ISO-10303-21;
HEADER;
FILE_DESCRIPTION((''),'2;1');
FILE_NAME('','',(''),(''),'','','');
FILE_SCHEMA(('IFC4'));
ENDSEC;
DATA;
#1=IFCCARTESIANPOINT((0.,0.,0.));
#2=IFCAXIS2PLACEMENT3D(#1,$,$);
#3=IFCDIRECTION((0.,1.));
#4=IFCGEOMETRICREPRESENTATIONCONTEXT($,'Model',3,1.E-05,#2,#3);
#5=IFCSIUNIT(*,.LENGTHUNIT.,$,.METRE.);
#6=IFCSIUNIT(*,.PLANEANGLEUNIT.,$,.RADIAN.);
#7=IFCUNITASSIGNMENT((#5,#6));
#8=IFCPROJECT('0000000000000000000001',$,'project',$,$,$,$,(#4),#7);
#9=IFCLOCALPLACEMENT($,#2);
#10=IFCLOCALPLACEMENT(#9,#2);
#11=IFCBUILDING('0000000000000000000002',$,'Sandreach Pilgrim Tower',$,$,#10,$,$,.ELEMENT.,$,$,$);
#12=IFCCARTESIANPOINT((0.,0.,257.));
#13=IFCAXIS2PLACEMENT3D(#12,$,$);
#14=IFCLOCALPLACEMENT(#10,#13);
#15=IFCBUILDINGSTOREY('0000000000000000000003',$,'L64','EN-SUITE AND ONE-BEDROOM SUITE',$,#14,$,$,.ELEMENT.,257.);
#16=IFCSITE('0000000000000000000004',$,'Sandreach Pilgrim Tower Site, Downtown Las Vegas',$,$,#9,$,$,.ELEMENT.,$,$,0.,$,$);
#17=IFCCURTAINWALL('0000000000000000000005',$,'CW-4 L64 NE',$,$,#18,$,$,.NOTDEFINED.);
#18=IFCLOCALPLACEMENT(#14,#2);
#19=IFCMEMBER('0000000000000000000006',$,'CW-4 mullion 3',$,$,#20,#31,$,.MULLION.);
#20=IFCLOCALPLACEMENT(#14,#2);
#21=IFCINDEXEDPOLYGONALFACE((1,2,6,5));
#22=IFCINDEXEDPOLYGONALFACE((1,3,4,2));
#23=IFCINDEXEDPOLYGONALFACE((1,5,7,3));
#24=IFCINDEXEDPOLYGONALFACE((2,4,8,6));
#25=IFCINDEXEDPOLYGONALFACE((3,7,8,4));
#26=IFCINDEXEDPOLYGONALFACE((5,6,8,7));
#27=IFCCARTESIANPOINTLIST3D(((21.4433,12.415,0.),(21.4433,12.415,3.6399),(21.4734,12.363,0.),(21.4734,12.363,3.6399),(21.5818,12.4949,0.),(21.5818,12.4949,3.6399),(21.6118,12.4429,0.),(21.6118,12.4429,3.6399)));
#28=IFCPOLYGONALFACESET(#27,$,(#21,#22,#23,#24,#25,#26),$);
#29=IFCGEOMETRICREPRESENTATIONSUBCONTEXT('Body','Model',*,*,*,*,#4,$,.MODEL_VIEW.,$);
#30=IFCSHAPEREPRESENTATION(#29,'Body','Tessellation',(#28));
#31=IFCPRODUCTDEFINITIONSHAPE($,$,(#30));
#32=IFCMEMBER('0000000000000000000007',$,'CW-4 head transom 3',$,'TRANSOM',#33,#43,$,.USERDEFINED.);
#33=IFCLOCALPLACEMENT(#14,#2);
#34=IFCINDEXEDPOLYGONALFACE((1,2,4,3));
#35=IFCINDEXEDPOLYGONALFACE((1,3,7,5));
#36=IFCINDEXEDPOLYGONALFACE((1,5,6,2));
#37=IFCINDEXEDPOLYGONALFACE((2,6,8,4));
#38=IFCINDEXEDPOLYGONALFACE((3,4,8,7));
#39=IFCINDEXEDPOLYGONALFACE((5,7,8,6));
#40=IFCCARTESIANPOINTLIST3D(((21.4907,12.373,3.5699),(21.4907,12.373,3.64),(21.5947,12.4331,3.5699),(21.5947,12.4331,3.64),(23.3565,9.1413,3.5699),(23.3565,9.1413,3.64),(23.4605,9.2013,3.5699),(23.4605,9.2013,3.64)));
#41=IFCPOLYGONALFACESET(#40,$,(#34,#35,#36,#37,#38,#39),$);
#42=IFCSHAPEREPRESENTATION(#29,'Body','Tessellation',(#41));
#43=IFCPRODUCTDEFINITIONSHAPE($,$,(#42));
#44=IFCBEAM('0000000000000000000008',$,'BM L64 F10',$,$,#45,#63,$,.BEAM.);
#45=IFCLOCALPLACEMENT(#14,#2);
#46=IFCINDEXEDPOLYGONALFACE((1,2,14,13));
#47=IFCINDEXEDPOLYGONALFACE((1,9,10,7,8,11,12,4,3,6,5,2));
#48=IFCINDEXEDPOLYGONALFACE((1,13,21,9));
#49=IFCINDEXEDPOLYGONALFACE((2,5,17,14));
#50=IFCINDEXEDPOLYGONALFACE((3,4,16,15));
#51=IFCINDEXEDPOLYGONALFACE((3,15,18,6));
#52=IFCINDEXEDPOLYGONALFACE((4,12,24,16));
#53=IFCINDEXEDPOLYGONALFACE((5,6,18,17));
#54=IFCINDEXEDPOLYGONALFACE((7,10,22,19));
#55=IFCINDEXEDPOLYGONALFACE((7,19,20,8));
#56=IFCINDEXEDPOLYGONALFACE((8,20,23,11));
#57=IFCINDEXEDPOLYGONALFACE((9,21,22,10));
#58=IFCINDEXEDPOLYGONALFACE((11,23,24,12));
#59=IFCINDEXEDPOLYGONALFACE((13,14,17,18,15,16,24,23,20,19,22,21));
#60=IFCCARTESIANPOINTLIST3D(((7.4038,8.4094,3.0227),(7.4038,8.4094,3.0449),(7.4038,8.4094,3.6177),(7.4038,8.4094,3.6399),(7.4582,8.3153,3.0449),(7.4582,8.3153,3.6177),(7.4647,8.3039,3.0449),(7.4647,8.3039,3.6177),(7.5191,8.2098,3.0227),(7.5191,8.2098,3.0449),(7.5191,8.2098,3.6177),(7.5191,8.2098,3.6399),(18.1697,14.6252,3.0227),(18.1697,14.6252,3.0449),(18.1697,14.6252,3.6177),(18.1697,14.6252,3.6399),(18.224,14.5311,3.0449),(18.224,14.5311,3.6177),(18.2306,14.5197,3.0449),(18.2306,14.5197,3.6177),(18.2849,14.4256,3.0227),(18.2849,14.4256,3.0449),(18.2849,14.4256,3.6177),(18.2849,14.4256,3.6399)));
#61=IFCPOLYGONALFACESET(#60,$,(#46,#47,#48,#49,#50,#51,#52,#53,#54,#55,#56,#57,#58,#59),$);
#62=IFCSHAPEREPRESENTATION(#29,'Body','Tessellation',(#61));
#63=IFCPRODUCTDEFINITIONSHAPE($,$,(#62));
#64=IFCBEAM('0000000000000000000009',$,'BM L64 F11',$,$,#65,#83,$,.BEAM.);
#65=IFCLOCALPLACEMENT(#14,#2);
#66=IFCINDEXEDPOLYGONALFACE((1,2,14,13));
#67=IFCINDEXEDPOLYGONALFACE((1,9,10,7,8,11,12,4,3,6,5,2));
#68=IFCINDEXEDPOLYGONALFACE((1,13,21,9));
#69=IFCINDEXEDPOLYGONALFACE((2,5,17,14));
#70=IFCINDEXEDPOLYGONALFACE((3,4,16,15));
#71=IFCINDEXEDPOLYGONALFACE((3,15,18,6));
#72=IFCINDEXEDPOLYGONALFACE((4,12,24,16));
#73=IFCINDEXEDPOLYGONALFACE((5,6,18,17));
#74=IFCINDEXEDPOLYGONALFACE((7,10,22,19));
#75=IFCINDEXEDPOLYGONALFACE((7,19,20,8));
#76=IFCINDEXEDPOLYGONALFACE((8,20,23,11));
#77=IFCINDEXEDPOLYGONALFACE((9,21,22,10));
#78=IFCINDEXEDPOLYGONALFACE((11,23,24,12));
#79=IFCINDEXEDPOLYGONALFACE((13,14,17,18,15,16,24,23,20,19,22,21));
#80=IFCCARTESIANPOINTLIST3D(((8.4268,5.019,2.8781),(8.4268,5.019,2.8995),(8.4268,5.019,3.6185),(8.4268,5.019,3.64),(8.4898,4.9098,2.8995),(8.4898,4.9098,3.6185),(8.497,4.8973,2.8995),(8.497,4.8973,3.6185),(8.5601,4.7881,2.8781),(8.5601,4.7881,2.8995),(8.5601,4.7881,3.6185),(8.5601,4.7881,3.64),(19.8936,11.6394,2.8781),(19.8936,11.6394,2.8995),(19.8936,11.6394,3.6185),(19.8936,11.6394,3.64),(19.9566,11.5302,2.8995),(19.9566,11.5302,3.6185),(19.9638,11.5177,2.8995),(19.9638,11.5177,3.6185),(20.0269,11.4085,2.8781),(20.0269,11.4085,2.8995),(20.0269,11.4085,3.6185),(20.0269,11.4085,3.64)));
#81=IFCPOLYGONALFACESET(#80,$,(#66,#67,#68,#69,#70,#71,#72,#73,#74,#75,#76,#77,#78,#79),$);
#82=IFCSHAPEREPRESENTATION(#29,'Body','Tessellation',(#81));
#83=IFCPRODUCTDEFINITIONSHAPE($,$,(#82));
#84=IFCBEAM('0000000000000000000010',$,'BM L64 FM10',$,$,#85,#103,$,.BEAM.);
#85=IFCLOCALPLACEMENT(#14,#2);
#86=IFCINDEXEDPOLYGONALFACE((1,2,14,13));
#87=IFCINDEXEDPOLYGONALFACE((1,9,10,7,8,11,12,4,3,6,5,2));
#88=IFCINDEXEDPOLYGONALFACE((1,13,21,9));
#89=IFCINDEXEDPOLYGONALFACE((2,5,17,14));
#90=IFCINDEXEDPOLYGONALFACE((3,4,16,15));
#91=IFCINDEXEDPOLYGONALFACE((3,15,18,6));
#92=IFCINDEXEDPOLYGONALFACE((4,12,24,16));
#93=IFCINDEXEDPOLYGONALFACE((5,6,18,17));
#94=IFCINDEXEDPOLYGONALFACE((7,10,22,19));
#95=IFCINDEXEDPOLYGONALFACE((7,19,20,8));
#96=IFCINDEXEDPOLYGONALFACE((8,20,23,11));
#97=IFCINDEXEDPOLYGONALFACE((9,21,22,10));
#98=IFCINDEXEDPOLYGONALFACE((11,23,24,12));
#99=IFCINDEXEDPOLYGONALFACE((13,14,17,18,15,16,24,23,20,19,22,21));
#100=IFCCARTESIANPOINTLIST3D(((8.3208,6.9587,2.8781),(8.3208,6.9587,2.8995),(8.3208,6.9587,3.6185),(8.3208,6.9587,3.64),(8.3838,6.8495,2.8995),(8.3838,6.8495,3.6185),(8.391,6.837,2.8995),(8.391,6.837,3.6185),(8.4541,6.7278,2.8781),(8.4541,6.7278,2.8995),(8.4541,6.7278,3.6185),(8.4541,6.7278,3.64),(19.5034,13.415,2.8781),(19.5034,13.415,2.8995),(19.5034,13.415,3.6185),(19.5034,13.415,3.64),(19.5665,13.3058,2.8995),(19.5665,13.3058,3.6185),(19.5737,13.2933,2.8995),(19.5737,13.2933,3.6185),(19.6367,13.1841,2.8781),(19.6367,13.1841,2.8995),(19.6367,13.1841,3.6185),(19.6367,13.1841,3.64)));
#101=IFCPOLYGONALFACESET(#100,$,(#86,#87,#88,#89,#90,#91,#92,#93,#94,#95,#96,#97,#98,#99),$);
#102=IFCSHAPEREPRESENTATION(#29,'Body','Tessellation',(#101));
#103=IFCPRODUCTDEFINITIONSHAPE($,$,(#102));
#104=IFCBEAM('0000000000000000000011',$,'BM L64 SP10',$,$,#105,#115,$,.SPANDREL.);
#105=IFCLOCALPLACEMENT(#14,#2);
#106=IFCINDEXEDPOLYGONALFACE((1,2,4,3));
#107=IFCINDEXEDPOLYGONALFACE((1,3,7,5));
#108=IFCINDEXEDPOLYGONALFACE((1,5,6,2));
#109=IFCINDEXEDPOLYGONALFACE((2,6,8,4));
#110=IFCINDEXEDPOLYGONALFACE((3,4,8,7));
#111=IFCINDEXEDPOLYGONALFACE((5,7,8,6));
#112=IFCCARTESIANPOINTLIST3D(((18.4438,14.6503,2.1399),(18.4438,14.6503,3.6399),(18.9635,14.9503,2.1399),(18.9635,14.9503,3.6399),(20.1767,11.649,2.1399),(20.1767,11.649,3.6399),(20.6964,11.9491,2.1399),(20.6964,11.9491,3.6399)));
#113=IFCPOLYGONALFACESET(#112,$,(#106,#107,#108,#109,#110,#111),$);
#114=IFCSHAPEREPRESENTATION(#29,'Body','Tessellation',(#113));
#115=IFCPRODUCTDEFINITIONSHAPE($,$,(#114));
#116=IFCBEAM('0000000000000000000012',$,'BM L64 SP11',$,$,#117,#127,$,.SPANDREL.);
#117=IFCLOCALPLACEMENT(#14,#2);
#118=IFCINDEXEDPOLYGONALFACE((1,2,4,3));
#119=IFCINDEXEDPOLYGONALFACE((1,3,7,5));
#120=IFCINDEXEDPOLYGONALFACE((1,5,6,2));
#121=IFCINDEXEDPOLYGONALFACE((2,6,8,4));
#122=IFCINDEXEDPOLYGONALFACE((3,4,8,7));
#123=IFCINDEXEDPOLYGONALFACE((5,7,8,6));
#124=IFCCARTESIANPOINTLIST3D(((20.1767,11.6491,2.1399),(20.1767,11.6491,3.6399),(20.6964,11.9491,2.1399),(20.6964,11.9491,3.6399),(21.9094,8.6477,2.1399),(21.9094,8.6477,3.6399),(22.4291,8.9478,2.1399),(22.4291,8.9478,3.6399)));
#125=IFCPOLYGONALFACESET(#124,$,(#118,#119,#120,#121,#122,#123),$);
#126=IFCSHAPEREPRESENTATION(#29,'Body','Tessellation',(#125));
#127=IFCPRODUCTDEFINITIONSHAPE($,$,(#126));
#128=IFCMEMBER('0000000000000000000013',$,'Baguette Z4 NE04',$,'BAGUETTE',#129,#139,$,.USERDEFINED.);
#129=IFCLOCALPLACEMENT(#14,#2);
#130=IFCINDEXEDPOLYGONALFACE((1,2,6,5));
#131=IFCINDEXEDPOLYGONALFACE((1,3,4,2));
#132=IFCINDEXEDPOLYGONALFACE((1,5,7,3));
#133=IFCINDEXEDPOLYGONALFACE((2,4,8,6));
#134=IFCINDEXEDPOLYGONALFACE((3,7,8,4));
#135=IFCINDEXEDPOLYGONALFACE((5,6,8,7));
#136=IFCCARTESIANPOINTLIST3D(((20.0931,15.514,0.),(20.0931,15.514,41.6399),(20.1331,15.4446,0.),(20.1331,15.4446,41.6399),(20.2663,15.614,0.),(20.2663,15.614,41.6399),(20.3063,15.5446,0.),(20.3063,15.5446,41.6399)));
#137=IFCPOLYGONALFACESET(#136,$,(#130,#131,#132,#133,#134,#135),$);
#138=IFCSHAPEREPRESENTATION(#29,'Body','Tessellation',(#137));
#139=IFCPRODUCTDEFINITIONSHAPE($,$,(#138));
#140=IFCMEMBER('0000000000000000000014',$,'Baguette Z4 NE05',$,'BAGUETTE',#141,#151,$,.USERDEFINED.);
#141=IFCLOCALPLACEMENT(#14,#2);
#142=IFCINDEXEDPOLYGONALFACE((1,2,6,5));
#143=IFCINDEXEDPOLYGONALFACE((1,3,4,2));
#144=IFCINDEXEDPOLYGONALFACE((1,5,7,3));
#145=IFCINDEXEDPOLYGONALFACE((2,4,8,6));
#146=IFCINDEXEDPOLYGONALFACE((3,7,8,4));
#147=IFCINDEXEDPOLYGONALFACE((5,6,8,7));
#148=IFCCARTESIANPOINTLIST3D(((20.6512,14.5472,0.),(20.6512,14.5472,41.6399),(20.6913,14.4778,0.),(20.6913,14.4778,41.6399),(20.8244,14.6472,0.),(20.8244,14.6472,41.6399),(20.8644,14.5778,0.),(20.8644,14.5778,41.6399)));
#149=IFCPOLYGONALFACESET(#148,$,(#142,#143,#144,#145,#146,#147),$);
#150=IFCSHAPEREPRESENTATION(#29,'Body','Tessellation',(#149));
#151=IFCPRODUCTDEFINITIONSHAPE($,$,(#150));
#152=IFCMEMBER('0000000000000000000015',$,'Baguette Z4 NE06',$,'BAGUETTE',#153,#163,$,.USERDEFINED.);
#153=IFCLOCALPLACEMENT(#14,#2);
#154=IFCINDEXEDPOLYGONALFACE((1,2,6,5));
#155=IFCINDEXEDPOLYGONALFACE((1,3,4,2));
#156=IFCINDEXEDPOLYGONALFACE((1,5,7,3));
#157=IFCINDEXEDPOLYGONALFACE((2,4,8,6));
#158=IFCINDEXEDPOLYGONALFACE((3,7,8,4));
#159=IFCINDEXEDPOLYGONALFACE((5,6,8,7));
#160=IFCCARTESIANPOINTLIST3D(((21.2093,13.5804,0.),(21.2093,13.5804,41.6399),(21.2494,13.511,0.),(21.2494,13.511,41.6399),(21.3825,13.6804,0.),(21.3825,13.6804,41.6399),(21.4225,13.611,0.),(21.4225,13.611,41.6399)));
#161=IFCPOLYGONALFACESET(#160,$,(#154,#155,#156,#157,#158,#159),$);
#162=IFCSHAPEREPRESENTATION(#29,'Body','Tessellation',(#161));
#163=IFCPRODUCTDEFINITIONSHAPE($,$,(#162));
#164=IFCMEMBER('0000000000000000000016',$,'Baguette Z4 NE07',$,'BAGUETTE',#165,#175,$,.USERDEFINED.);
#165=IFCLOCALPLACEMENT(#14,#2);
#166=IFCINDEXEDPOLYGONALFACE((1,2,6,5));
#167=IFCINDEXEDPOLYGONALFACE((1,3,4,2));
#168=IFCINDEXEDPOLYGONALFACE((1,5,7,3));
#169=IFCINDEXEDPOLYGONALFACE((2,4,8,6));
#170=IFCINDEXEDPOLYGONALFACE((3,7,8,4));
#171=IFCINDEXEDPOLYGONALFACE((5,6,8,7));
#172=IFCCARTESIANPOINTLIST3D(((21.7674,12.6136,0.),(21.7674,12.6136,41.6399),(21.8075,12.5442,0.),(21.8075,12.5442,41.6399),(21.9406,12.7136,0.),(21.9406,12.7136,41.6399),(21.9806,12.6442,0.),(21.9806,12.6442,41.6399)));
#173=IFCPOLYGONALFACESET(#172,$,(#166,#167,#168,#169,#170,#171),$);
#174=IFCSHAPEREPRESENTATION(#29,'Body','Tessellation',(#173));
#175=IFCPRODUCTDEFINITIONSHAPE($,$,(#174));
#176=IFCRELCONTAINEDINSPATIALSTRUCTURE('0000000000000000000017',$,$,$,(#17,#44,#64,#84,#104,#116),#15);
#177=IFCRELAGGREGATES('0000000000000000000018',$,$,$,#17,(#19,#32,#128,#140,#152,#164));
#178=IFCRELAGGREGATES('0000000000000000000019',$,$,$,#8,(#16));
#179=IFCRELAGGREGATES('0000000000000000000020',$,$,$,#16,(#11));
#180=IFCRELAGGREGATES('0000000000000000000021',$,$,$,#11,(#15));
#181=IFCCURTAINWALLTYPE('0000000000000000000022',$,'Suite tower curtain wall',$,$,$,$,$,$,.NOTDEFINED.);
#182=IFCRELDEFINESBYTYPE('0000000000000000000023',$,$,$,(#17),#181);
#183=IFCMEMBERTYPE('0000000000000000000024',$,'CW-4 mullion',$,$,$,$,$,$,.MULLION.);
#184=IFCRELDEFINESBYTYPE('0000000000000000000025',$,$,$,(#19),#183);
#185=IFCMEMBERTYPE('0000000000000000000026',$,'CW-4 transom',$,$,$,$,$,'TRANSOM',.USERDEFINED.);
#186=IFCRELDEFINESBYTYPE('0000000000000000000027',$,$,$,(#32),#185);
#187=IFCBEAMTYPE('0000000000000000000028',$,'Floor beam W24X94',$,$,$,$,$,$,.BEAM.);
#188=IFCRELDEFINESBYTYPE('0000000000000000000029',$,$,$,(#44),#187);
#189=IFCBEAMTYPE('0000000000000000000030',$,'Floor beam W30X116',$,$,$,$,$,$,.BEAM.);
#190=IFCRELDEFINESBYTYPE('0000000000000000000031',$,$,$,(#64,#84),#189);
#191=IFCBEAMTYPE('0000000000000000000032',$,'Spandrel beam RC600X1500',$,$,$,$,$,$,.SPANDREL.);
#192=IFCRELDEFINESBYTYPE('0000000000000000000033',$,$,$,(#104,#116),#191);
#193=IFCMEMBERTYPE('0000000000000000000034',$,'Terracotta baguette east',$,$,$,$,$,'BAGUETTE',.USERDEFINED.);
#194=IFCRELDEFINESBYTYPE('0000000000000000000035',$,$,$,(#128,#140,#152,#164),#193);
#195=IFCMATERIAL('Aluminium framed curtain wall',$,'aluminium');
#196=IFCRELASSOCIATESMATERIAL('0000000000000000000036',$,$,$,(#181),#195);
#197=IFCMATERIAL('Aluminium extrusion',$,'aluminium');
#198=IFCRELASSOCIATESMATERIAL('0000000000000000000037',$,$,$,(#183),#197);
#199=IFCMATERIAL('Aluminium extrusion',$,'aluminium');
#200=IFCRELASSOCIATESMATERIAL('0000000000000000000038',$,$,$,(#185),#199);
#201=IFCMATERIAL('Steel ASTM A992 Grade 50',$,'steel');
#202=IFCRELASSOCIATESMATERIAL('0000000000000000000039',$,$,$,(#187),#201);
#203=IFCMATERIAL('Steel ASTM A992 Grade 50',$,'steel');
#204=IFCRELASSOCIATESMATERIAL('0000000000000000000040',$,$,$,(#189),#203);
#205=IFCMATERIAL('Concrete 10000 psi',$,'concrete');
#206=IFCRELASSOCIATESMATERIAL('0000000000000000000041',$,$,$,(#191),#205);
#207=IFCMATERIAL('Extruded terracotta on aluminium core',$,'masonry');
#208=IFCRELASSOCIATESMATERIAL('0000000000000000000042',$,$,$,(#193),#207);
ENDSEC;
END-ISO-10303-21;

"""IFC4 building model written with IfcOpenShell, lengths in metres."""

from ifc_helpers import new_model, si_unit, direction, frame, origin, origin_2d, place, context, subcontext, project, spatial, rectangle, i_section, extrude, material, material_profile, profile_set, type_object, element, aggregate, save


model = new_model("IFC4")

# Units and contexts
model_context = context("Model", 3, precision=1e-05, world=origin(), true_north=direction((0.0, 1.0)))
body_context = subcontext(model_context, "Body", "Model", "MODEL_VIEW")
ifc_project = project(units=[si_unit("LENGTHUNIT", "METRE"), si_unit("PLANEANGLEUNIT", "RADIAN")], contexts=[model_context])

# Site, building, storey
site_placement = place(None, origin())
site = spatial("IfcSite", under=ifc_project, at=site_placement, Name="Sandreach Pilgrim Tower Site, Downtown Las Vegas", CompositionType="ELEMENT", RefElevation=0.0)
building_placement = place(site_placement, origin())
building = spatial("IfcBuilding", under=site, at=building_placement, Name="Sandreach Pilgrim Tower", CompositionType="ELEMENT")
storey_placement = place(building_placement, frame((0.0, 0.0, 257.0)))
storey = spatial("IfcBuildingStorey", under=building, at=storey_placement, Name="L64", Description="EN-SUITE AND ONE-BEDROOM SUITE", CompositionType="ELEMENT", Elevation=257.0)

# Curtain wall, members
ifc_material_1 = material(Name="Aluminium framed curtain wall", Category="aluminium")
curtain_wall_type = type_object("IfcCurtainWallType", Name="Suite tower curtain wall", PredefinedType="NOTDEFINED", material=ifc_material_1)
curtain_wall_placement = place(storey_placement, origin())
curtain_wall = element("IfcCurtainWall", 1, at=curtain_wall_placement, inside=storey, type_object=curtain_wall_type, Name="CW-4 L64 NE", PredefinedType="NOTDEFINED")
ifc_material_2 = material(Name="Aluminium extrusion", Category="aluminium")
ifc_material_profile_1 = material_profile(ifc_material_2, rectangle(XDim=0.0601, YDim=0.1599, at=origin_2d()), Name="CW-4M 60X160")
ifc_profile_set_1 = profile_set([ifc_material_profile_1], Name="Aluminium extrusion")
member_type_1 = type_object("IfcMemberType", Name="CW-4 mullion", PredefinedType="MULLION", material=ifc_profile_set_1)
member_1_placement = place(storey_placement, frame((21.5276, 12.429, 0.0), z_axis=(0.0, 0.0, 1.0), x_axis=(0.5, -0.866025, 0.0)))
member_1 = element("IfcMember", 2, at=member_1_placement, type_object=member_type_1, Name="CW-4 mullion 3", PredefinedType="MULLION", context=body_context, shape_type="SweptSolid", body=[
    extrude(rectangle(XDim=0.0601, YDim=0.1599, at=origin_2d()), origin(), (0.0, 0.0, 1.0), 3.6399),
])
ifc_material_3 = material(Name="Aluminium extrusion", Category="aluminium")
ifc_material_profile_2 = material_profile(ifc_material_3, rectangle(XDim=0.1201, YDim=0.0701, at=origin_2d()), Name="CW-4T 120X70")
ifc_profile_set_2 = profile_set([ifc_material_profile_2], Name="Aluminium extrusion")
member_type_2 = type_object("IfcMemberType", Name="CW-4 transom", ElementType="TRANSOM", PredefinedType="USERDEFINED", material=ifc_profile_set_2)
member_2_placement = place(storey_placement, frame((21.5427, 12.4031, 3.605), z_axis=(0.499981, -0.866036, 0.0), x_axis=(0.866036, 0.499981, 0.0)))
member_2 = element("IfcMember", 3, at=member_2_placement, type_object=member_type_2, Name="CW-4 head transom 3", ObjectType="TRANSOM", PredefinedType="USERDEFINED", context=body_context, shape_type="SweptSolid", body=[
    extrude(rectangle(XDim=0.1201, YDim=0.0701, at=origin_2d()), origin(), (0.0, 0.0, 1.0), 3.7317),
])

# Beams
ifc_material_4 = material(Name="Steel ASTM A992 Grade 50", Category="steel")
ifc_material_profile_3 = material_profile(ifc_material_4, i_section(OverallWidth=0.2305, OverallDepth=0.6172, WebThickness=0.0132, FlangeThickness=0.0222, at=origin_2d()), Name="W24X94")
ifc_profile_set_3 = profile_set([ifc_material_profile_3], Name="Steel ASTM A992 Grade 50")
beam_type_1 = type_object("IfcBeamType", Name="Floor beam W24X94", PredefinedType="BEAM", material=ifc_profile_set_3)
beam_1_placement = place(storey_placement, frame((18.2273, 14.5254, 3.3313), z_axis=(-0.86602, -0.500009, 0.0), x_axis=(0.500009, -0.86602, 0.0)))
element("IfcBeam", 4, at=beam_1_placement, inside=storey, type_object=beam_type_1, Name="BM L64 F10", PredefinedType="BEAM", context=body_context, shape_type="SweptSolid", body=[
    extrude(i_section(OverallWidth=0.2305, OverallDepth=0.6172, WebThickness=0.0132, FlangeThickness=0.0222, at=origin_2d()), origin(), (0.0, 0.0, 1.0), 12.4314),
])
ifc_material_5 = material(Name="Steel ASTM A992 Grade 50", Category="steel")
ifc_material_profile_4 = material_profile(ifc_material_5, i_section(OverallWidth=0.2666, OverallDepth=0.762, WebThickness=0.0144, FlangeThickness=0.0215, at=origin_2d()), Name="W30X116")
ifc_profile_set_4 = profile_set([ifc_material_profile_4], Name="Steel ASTM A992 Grade 50")
beam_type_2 = type_object("IfcBeamType", Name="Floor beam W30X116", PredefinedType="BEAM", material=ifc_profile_set_4)
beam_2_placement = place(storey_placement, frame((19.9602, 11.5239, 3.259), z_axis=(-0.866025, -0.5, 0.0), x_axis=(0.5, -0.866025, 0.0)))
element("IfcBeam", 5, at=beam_2_placement, inside=storey, type_object=beam_type_2, Name="BM L64 F11", PredefinedType="BEAM", context=body_context, shape_type="SweptSolid", body=[
    extrude(i_section(OverallWidth=0.2666, OverallDepth=0.762, WebThickness=0.0144, FlangeThickness=0.0215, at=origin_2d()), origin(), (0.0, 0.0, 1.0), 13.2407),
])
beam_3_placement = place(storey_placement, frame((19.5701, 13.2996, 3.259), z_axis=(-0.866025, -0.500001, 0.0), x_axis=(0.500001, -0.866025, 0.0)))
element("IfcBeam", 6, at=beam_3_placement, inside=storey, type_object=beam_type_2, Name="BM L64 FM10", PredefinedType="BEAM", context=body_context, shape_type="SweptSolid", body=[
    extrude(i_section(OverallWidth=0.2666, OverallDepth=0.762, WebThickness=0.0144, FlangeThickness=0.0215, at=origin_2d()), origin(), (0.0, 0.0, 1.0), 12.9126),
])
ifc_material_6 = material(Name="Concrete 10000 psi", Category="concrete")
ifc_material_profile_5 = material_profile(ifc_material_6, rectangle(XDim=0.6001, YDim=1.5, at=origin_2d()), Name="RC600X1500")
ifc_profile_set_5 = profile_set([ifc_material_profile_5], Name="Concrete 10000 psi")
beam_type_3 = type_object("IfcBeamType", Name="Spandrel beam RC600X1500", PredefinedType="SPANDREL", material=ifc_profile_set_5)
for number, where, z_axis, x_axis, name in (
    (7, (18.7036, 14.8003, 2.8899), (0.500033, -0.866006, 0.0), (0.866006, 0.500033, 0.0), "BM L64 SP10"),
    (8, (20.4365, 11.7991, 2.8899), (0.499981, -0.866037, 0.0), (0.866037, 0.499981, 0.0), "BM L64 SP11"),
):
    element("IfcBeam", number, at=place(storey_placement, frame(where, z_axis=z_axis, x_axis=x_axis)), inside=storey, type_object=beam_type_3, Name=name, PredefinedType="SPANDREL", context=body_context, shape_type="SweptSolid", body=[
        extrude(rectangle(XDim=0.6001, YDim=1.5, at=origin_2d()), origin(), (0.0, 0.0, 1.0), 3.4656),
    ])

# Members
ifc_material_7 = material(Name="Extruded terracotta on aluminium core", Category="masonry")
ifc_material_profile_6 = material_profile(ifc_material_7, rectangle(XDim=0.0801, YDim=0.2, at=origin_2d()), Name="TBE 80X200")
ifc_profile_set_6 = profile_set([ifc_material_profile_6], Name="Extruded terracotta on aluminium core")
member_type_3 = type_object("IfcMemberType", Name="Terracotta baguette east", ElementType="BAGUETTE", PredefinedType="USERDEFINED", material=ifc_profile_set_6)
member_3_placement = place(storey_placement, frame((20.1997, 15.5293, 0.0), z_axis=(0.0, 0.0, 1.0), x_axis=(0.5, -0.866025, 0.0)))
member_3 = element("IfcMember", 9, at=member_3_placement, type_object=member_type_3, Name="Baguette Z4 NE04", ObjectType="BAGUETTE", PredefinedType="USERDEFINED", context=body_context, shape_type="SweptSolid", body=[
    extrude(rectangle(XDim=0.0801, YDim=0.2, at=origin_2d()), origin(), (0.0, 0.0, 1.0), 41.6399),
])
member_4_placement = place(storey_placement, frame((20.7578, 14.5625, 0.0), z_axis=(0.0, 0.0, 1.0), x_axis=(0.5, -0.866025, 0.0)))
member_4 = element("IfcMember", 10, at=member_4_placement, type_object=member_type_3, Name="Baguette Z4 NE05", ObjectType="BAGUETTE", PredefinedType="USERDEFINED", context=body_context, shape_type="SweptSolid", body=[
    extrude(rectangle(XDim=0.0801, YDim=0.2, at=origin_2d()), origin(), (0.0, 0.0, 1.0), 41.6399),
])
member_5_placement = place(storey_placement, frame((21.3159, 13.5957, 0.0), z_axis=(0.0, 0.0, 1.0), x_axis=(0.5, -0.866025, 0.0)))
member_5 = element("IfcMember", 11, at=member_5_placement, type_object=member_type_3, Name="Baguette Z4 NE06", ObjectType="BAGUETTE", PredefinedType="USERDEFINED", context=body_context, shape_type="SweptSolid", body=[
    extrude(rectangle(XDim=0.0801, YDim=0.2, at=origin_2d()), origin(), (0.0, 0.0, 1.0), 41.6399),
])
member_6_placement = place(storey_placement, frame((21.874, 12.6289, 0.0), z_axis=(0.0, 0.0, 1.0), x_axis=(0.5, -0.866025, 0.0)))
member_6 = element("IfcMember", 12, at=member_6_placement, type_object=member_type_3, Name="Baguette Z4 NE07", ObjectType="BAGUETTE", PredefinedType="USERDEFINED", context=body_context, shape_type="SweptSolid", body=[
    extrude(rectangle(XDim=0.0801, YDim=0.2, at=origin_2d()), origin(), (0.0, 0.0, 1.0), 41.6399),
])

aggregate(curtain_wall, [member_1, member_2, member_3, member_4, member_5, member_6])

save(model, "model.ifc")
